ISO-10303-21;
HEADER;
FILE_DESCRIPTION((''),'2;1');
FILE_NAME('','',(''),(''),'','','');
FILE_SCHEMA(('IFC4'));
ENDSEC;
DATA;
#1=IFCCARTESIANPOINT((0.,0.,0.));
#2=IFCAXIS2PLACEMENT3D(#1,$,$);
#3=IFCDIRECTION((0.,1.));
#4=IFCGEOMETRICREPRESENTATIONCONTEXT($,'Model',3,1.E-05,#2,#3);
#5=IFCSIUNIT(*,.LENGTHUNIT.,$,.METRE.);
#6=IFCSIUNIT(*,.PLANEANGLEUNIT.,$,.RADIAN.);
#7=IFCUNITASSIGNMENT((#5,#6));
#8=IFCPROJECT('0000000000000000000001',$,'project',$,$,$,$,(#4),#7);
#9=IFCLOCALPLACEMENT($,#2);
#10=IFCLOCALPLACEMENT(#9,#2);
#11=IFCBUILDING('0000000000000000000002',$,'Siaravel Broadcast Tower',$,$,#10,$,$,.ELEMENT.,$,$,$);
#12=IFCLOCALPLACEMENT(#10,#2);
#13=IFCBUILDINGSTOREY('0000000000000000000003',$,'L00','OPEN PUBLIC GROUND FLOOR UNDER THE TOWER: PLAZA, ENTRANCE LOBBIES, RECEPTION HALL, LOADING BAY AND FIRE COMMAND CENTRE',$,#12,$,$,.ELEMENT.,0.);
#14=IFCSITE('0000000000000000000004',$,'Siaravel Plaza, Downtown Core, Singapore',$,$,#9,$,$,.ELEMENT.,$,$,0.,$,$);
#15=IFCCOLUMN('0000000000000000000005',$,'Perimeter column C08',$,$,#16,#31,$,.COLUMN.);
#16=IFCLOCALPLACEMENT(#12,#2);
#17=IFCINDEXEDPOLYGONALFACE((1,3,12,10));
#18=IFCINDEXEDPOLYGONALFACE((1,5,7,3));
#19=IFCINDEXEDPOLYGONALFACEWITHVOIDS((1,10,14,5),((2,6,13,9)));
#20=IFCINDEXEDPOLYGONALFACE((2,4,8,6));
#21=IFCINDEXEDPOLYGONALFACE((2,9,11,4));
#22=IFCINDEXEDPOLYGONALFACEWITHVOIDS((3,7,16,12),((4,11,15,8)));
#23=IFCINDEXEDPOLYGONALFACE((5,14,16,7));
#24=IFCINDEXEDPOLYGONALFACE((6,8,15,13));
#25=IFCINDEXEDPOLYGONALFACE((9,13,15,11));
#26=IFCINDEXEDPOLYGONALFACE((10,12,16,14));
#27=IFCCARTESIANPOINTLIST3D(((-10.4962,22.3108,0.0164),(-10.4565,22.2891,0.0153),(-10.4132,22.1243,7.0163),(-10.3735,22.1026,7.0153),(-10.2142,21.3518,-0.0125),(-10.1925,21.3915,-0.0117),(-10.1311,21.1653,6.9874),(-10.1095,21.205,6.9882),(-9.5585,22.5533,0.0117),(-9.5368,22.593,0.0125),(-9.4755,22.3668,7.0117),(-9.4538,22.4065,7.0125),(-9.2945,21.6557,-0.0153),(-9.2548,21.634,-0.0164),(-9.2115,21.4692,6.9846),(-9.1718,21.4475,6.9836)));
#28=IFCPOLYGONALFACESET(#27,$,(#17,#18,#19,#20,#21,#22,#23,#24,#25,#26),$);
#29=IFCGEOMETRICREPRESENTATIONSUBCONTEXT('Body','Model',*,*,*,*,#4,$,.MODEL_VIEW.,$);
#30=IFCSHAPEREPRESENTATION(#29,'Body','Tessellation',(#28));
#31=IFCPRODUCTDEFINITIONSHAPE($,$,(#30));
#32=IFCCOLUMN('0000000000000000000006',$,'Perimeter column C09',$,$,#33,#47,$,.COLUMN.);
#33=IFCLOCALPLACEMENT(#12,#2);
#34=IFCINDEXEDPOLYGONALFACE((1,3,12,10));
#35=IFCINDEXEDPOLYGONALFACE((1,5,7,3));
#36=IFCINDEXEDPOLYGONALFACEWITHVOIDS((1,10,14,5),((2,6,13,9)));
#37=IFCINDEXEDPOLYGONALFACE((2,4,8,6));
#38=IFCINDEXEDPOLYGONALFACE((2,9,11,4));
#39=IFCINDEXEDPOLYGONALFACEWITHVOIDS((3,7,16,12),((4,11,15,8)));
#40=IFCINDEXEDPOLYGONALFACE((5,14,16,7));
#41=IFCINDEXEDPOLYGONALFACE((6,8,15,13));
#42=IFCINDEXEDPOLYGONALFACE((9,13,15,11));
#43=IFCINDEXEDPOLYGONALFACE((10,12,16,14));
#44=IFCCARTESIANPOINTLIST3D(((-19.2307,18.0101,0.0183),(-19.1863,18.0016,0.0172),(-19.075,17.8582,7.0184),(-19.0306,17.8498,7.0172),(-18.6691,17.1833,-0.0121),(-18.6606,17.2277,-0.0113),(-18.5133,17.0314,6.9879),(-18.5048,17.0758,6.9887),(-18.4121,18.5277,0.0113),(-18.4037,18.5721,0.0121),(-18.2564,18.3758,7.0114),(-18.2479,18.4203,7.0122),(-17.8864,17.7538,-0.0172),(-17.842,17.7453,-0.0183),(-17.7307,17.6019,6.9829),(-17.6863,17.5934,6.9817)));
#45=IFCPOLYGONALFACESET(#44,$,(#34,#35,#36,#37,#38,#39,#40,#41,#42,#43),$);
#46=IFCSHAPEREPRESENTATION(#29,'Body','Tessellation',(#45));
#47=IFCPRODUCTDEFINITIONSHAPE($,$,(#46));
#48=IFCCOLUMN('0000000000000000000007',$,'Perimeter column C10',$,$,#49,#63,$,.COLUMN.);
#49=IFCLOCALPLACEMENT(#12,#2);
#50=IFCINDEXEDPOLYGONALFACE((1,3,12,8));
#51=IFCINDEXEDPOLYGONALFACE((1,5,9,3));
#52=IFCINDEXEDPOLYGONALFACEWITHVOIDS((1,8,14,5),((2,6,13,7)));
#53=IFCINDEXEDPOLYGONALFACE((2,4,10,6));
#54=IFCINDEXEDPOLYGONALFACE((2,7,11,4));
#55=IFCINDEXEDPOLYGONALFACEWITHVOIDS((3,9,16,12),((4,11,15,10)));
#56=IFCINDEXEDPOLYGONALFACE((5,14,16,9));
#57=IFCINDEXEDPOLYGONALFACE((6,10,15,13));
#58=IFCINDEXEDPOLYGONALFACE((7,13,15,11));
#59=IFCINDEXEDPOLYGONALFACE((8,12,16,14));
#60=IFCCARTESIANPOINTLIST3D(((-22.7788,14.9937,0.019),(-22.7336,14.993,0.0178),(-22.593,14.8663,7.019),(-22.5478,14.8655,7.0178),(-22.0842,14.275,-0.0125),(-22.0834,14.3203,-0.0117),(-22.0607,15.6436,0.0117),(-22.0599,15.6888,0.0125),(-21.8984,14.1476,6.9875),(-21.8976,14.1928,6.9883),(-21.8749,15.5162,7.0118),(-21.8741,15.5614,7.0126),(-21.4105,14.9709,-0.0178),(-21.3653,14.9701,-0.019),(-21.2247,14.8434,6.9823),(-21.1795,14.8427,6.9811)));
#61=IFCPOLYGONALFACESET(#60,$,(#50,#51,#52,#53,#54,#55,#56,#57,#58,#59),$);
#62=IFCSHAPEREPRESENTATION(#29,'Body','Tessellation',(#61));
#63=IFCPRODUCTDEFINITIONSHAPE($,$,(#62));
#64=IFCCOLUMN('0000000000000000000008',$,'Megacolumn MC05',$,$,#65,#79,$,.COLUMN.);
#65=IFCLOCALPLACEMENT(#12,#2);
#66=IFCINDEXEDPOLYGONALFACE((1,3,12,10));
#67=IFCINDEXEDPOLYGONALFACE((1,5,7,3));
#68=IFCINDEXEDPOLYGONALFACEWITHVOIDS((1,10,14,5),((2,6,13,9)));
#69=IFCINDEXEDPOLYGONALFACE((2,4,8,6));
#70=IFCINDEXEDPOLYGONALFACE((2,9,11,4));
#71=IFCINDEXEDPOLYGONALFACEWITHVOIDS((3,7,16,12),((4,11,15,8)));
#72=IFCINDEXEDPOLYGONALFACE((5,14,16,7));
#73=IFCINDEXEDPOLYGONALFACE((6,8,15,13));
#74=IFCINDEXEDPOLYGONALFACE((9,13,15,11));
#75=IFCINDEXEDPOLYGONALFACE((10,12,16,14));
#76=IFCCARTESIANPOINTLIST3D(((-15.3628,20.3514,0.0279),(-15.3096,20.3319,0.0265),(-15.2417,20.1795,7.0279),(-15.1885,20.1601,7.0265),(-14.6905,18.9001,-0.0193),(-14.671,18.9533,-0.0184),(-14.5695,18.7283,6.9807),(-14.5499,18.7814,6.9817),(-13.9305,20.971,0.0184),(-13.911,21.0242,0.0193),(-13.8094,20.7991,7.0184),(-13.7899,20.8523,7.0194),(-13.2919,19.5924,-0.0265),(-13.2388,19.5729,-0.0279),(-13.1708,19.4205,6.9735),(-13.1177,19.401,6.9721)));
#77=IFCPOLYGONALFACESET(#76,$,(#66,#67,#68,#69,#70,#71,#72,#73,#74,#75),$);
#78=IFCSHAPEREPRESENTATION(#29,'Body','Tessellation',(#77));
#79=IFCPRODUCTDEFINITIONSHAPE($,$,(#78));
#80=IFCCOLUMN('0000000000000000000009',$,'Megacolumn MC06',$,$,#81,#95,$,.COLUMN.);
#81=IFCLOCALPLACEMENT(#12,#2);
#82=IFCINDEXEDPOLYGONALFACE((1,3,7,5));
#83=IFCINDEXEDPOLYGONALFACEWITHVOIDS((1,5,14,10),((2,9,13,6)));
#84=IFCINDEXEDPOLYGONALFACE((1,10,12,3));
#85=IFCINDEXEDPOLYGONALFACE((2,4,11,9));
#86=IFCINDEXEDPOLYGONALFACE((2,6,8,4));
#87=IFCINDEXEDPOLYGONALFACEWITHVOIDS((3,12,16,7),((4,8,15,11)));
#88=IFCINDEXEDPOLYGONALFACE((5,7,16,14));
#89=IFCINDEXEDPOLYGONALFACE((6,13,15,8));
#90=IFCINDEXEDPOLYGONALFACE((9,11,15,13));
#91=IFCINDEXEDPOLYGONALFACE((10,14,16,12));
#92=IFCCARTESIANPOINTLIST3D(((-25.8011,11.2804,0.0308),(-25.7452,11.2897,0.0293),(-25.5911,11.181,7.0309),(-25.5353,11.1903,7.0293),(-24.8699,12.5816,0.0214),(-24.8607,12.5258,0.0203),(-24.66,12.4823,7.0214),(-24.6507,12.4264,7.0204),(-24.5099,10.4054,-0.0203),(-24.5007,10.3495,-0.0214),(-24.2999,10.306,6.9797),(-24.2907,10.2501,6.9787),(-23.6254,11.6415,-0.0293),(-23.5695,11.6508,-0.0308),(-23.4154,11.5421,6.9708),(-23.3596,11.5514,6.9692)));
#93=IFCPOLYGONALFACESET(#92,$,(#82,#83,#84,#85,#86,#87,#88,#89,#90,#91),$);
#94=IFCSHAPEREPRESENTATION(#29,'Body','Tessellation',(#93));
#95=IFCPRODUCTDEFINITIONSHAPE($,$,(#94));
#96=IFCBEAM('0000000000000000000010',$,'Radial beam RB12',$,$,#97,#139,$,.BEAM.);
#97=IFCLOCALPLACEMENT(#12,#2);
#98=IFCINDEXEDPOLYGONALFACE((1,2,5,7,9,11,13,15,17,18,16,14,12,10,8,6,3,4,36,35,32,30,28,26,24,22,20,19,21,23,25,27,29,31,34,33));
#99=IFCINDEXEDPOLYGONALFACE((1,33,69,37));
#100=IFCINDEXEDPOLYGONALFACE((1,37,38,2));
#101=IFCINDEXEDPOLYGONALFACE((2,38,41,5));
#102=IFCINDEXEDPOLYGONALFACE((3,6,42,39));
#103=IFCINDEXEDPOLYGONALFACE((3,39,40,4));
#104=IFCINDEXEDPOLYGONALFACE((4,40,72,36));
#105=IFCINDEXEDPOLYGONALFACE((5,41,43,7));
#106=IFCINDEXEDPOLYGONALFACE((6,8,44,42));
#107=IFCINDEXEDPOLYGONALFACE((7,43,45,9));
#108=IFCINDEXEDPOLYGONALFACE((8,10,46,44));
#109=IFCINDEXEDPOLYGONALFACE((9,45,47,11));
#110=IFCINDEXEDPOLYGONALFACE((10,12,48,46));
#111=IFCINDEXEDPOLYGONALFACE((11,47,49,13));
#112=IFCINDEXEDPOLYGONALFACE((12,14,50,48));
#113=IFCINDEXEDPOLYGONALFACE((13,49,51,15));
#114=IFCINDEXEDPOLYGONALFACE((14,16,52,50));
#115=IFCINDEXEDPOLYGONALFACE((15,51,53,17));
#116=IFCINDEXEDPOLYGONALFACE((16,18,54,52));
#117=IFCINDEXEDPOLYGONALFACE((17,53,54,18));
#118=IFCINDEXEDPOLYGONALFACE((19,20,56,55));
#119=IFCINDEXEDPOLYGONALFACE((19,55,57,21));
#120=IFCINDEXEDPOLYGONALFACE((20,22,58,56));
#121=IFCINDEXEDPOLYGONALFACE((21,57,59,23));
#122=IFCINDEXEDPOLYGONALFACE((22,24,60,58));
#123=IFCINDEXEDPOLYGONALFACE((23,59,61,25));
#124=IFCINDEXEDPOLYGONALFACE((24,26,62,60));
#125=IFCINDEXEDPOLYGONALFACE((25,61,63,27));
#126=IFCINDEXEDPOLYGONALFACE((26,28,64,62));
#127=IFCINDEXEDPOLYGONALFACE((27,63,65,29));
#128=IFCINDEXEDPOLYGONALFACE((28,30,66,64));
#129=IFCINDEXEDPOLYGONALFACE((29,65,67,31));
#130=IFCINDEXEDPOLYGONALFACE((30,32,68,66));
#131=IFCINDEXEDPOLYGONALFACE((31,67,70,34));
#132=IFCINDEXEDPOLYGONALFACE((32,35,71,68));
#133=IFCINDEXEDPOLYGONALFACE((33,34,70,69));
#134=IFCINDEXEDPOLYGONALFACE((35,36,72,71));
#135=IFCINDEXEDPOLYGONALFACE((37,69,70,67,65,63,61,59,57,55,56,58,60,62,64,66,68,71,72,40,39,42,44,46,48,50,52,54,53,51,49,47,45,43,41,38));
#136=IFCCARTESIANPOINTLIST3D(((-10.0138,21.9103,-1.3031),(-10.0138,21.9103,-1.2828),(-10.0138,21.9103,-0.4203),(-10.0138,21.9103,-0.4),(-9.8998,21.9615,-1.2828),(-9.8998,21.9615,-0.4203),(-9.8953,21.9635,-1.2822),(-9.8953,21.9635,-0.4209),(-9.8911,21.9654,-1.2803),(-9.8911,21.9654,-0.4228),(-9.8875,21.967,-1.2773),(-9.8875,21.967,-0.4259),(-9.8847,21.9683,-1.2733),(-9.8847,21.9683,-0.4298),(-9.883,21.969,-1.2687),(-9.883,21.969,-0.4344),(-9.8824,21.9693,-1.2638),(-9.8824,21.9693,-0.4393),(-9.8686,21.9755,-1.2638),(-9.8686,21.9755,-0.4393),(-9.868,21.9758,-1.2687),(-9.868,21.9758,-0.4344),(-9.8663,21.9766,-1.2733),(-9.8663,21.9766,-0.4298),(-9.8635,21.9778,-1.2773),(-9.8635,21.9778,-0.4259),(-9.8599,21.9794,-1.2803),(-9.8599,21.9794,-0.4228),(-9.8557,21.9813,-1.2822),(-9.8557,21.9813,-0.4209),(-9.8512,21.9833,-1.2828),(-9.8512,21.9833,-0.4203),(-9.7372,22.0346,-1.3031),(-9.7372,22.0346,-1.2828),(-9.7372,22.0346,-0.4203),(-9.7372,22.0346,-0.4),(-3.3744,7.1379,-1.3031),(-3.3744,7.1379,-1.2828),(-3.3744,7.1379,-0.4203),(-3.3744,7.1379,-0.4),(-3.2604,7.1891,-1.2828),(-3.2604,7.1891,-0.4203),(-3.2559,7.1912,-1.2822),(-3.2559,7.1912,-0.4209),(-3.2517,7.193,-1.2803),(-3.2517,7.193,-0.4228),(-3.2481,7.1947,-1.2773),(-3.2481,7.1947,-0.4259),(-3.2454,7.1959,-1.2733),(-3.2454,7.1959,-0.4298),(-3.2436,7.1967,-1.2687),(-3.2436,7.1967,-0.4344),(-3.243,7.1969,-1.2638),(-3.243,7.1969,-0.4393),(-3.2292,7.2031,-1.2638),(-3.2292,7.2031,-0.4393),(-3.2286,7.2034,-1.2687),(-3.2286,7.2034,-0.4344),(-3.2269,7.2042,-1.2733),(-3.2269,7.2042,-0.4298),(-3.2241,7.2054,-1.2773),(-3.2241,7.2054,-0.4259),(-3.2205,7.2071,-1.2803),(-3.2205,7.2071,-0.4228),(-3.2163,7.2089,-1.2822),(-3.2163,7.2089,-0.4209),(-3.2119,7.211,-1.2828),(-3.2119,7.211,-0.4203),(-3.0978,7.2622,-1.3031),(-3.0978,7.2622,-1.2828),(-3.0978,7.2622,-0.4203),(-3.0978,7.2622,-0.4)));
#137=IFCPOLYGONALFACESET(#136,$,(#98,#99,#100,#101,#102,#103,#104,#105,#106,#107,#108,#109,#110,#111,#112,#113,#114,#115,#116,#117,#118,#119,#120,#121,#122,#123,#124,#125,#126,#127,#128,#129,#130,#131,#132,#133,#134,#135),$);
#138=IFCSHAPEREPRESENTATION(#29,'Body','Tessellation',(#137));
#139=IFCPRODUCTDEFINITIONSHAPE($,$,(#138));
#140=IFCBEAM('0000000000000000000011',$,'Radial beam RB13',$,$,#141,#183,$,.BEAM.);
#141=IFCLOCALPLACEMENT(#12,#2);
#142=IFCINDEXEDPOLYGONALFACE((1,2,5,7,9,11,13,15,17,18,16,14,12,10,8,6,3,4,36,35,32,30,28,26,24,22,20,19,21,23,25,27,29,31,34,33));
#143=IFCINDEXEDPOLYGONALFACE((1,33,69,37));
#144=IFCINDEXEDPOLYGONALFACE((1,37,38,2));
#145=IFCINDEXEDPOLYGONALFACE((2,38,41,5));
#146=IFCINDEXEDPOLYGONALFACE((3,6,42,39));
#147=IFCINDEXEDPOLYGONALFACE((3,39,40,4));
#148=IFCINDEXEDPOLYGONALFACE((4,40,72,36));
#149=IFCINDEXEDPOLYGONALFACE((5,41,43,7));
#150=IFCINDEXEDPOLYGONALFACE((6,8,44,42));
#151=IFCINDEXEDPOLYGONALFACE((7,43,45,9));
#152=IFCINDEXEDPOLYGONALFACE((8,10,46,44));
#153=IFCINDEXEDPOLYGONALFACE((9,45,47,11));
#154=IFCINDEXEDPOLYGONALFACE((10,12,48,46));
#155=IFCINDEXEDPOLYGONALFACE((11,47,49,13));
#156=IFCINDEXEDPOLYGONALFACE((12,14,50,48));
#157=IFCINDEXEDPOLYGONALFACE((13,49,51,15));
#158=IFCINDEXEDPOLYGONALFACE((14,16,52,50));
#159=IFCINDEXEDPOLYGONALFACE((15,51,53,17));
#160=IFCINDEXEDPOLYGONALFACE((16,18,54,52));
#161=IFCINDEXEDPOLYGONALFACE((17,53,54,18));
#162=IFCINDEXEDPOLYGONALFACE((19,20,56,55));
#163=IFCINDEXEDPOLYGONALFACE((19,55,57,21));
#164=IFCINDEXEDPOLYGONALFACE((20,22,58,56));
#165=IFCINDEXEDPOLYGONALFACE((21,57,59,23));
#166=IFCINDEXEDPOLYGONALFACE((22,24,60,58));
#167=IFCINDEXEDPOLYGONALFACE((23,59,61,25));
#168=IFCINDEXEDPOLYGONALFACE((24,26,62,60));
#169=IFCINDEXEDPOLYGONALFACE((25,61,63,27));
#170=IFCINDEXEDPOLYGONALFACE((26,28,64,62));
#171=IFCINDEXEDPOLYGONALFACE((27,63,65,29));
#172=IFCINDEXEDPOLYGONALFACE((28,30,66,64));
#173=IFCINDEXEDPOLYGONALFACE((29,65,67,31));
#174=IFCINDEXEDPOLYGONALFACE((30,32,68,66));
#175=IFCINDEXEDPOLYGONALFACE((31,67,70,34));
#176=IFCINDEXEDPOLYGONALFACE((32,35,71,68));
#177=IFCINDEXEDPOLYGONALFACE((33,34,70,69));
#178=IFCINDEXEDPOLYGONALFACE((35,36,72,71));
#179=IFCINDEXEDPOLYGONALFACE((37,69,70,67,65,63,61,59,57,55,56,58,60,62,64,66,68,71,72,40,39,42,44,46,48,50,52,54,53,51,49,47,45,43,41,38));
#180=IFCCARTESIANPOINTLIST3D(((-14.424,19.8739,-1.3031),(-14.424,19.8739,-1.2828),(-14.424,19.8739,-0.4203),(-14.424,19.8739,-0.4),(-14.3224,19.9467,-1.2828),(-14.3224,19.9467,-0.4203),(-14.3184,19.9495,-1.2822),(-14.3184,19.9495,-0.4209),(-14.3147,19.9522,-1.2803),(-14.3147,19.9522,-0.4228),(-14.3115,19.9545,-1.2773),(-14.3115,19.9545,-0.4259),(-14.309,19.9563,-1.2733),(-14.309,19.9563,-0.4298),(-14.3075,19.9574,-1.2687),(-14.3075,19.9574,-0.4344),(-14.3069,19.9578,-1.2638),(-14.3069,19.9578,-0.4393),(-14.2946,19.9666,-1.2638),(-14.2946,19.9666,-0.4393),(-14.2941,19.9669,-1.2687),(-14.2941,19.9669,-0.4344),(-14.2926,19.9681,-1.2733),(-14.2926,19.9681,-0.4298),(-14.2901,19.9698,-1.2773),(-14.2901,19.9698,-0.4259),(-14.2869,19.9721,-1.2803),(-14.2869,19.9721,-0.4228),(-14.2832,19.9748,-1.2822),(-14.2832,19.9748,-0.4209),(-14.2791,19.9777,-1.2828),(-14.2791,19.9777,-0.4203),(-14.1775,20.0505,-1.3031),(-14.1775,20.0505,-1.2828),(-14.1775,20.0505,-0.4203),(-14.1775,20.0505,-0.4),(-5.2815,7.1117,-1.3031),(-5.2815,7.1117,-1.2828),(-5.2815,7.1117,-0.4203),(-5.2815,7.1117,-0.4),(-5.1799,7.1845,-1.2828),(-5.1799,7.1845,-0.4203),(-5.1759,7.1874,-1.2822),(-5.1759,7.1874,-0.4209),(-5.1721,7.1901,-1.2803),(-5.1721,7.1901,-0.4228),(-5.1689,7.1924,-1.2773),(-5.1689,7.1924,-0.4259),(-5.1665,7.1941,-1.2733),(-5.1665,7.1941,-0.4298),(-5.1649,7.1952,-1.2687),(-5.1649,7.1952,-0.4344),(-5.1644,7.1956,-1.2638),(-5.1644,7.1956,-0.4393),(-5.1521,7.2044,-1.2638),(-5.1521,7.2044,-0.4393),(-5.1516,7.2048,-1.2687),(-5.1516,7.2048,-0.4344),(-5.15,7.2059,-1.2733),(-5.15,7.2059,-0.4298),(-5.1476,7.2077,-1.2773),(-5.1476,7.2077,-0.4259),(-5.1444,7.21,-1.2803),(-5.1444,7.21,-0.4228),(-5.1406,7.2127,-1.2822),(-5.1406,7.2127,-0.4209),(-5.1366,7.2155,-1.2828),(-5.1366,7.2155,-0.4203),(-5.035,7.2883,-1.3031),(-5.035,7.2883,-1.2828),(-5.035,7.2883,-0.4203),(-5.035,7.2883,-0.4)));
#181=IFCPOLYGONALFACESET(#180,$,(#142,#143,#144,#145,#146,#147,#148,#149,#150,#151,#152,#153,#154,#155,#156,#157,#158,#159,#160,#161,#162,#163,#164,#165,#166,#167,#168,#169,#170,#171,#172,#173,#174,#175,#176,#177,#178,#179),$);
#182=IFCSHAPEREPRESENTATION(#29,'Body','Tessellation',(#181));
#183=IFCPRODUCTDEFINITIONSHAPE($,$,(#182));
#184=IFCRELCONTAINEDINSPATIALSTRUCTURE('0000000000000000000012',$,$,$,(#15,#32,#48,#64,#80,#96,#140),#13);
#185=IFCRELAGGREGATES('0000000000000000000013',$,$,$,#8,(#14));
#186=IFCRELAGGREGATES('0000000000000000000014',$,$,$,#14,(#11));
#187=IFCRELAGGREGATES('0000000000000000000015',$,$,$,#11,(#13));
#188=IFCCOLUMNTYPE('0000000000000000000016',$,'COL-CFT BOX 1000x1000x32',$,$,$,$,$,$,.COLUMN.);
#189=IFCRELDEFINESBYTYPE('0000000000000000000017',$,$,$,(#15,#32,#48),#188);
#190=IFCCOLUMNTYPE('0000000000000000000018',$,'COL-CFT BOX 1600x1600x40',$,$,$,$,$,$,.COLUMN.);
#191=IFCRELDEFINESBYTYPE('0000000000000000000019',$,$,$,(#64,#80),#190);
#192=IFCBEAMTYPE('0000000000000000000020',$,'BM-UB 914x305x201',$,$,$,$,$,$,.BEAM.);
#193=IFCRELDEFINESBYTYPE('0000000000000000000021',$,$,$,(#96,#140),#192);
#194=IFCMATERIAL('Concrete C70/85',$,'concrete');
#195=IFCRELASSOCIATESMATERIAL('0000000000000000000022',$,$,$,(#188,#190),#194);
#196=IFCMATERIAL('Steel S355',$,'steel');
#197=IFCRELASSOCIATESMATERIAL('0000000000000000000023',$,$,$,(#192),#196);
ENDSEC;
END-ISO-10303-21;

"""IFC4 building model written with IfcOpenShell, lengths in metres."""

from ifc_helpers import new_model, si_unit, direction, frame, origin, origin_2d, place, context, subcontext, project, spatial, hollow_rectangle, i_section, extrude, material, material_profile, profile_set, type_object, element, save


model = new_model("IFC4")

# Units and contexts
model_context = context("Model", 3, precision=1e-05, world=origin(), true_north=direction((0.0, 1.0)))
body_context = subcontext(model_context, "Body", "Model", "MODEL_VIEW")
ifc_project = project(units=[si_unit("LENGTHUNIT", "METRE"), si_unit("PLANEANGLEUNIT", "RADIAN")], contexts=[model_context])

# Site, building, storey
site_placement = place(None, origin())
site = spatial("IfcSite", under=ifc_project, at=site_placement, Name="Siaravel Plaza, Downtown Core, Singapore", CompositionType="ELEMENT", RefElevation=0.0)
building_placement = place(site_placement, origin())
building = spatial("IfcBuilding", under=site, at=building_placement, Name="Siaravel Broadcast Tower", CompositionType="ELEMENT")
storey_placement = place(building_placement, origin())
storey = spatial("IfcBuildingStorey", under=building, at=storey_placement, Name="L00", Description="OPEN PUBLIC GROUND FLOOR UNDER THE TOWER: PLAZA, ENTRANCE LOBBIES, RECEPTION HALL, LOADING BAY AND FIRE COMMAND CENTRE", CompositionType="ELEMENT", Elevation=0.0)

# Columns
ifc_material_1 = material(Name="Concrete C70/85", Category="concrete")
ifc_material_profile_1 = material_profile(ifc_material_1, hollow_rectangle(XDim=1.0, YDim=1.0, WallThickness=0.032, at=origin_2d()))
ifc_profile_set_1 = profile_set([ifc_material_profile_1], Name="Concrete C70/85")
column_type_1 = type_object("IfcColumnType", Name="COL-CFT BOX 1000x1000x32", PredefinedType="COLUMN", material=ifc_profile_set_1)
column_1_placement = place(storey_placement, frame((-9.8755, 21.9724, 0.0), z_axis=(0.011853, -0.026635, 0.999575), x_axis=(0.959339, 0.282231, -0.003856)))
element("IfcColumn", 1, at=column_1_placement, inside=storey, type_object=column_type_1, Name="Perimeter column C08", PredefinedType="COLUMN", context=body_context, shape_type="SweptSolid", body=[
    extrude(hollow_rectangle(XDim=1.0, YDim=1.0, WallThickness=0.032, at=origin_2d()), origin(), (0.0, 0.0, 1.0), 7.0029),
])
column_2_placement = place(storey_placement, frame((-18.5364, 17.8777, 0.0), z_axis=(0.022241, -0.021683, 0.999517), x_axis=(0.827085, 0.562043, -0.006211)))
element("IfcColumn", 2, at=column_2_placement, inside=storey, type_object=column_type_1, Name="Perimeter column C09", PredefinedType="COLUMN", context=body_context, shape_type="SweptSolid", body=[
    extrude(hollow_rectangle(XDim=1.0, YDim=1.0, WallThickness=0.032, at=origin_2d()), origin(), (0.0, 0.0, 1.0), 7.0034),
])
column_3_placement = place(storey_placement, frame((-22.072, 14.9819, 0.0), z_axis=(0.026528, -0.018196, 0.999482), x_axis=(0.7189, 0.695084, -0.006426)))
element("IfcColumn", 3, at=column_3_placement, inside=storey, type_object=column_type_1, Name="Perimeter column C10", PredefinedType="COLUMN", context=body_context, shape_type="SweptSolid", body=[
    extrude(hollow_rectangle(XDim=1.0, YDim=1.0, WallThickness=0.032, at=origin_2d()), origin(), (0.0, 0.0, 1.0), 7.0037),
])
ifc_material_profile_2 = material_profile(ifc_material_1, hollow_rectangle(XDim=1.6001, YDim=1.6001, WallThickness=0.04, at=origin_2d()))
ifc_profile_set_2 = profile_set([ifc_material_profile_2], Name="Concrete C70/85")
column_type_2 = type_object("IfcColumnType", Name="COL-CFT BOX 1600x1600x40", PredefinedType="COLUMN", material=ifc_profile_set_2)
column_4_placement = place(storey_placement, frame((-14.3008, 19.9622, 0.0), z_axis=(0.017291, -0.024543, 0.999549), x_axis=(0.907303, 0.420444, -0.005372)))
element("IfcColumn", 4, at=column_4_placement, inside=storey, type_object=column_type_2, Name="Megacolumn MC05", PredefinedType="COLUMN", context=body_context, shape_type="SweptSolid", body=[
    extrude(hollow_rectangle(XDim=1.6001, YDim=1.6001, WallThickness=0.04, at=origin_2d()), origin(), (0.0, 0.0, 1.0), 7.0032),
])
column_5_placement = place(storey_placement, frame((-24.6853, 11.4656, 0.0), z_axis=(0.029978, -0.014187, 0.99945), x_axis=(0.581908, 0.813233, -0.00591)))
element("IfcColumn", 5, at=column_5_placement, inside=storey, type_object=column_type_2, Name="Megacolumn MC06", PredefinedType="COLUMN", context=body_context, shape_type="SweptSolid", body=[
    extrude(hollow_rectangle(XDim=1.6001, YDim=1.6001, WallThickness=0.04, at=origin_2d()), origin(), (0.0, 0.0, 1.0), 7.0039),
])

# Beams
ifc_material_2 = material(Name="Steel S355", Category="steel")
ifc_material_profile_3 = material_profile(ifc_material_2, i_section(OverallWidth=0.3032, OverallDepth=0.9031, WebThickness=0.0151, FlangeThickness=0.0203, FilletRadius=0.019, at=origin_2d()))
ifc_profile_set_3 = profile_set([ifc_material_profile_3], Name="Steel S355")
beam_type = type_object("IfcBeamType", Name="BM-UB 914x305x201", PredefinedType="BEAM", material=ifc_profile_set_3)
beam_1_placement = place(storey_placement, frame((-9.8755, 21.9724, -0.8516), z_axis=(0.409943, -0.912111, 0.0), x_axis=(0.912111, 0.409943, 0.0)))
element("IfcBeam", 6, at=beam_1_placement, inside=storey, type_object=beam_type, Name="Radial beam RB12", PredefinedType="BEAM", context=body_context, shape_type="SweptSolid", body=[
    extrude(i_section(OverallWidth=0.3032, OverallDepth=0.9031, WebThickness=0.0151, FlangeThickness=0.0203, FilletRadius=0.019, at=origin_2d()), origin(), (0.0, 0.0, 1.0), 16.1958),
])
beam_2_placement = place(storey_placement, frame((-14.3008, 19.9622, -0.8516), z_axis=(0.582364, -0.812928, 0.0), x_axis=(0.812928, 0.582364, 0.0)))
element("IfcBeam", 7, at=beam_2_placement, inside=storey, type_object=beam_type, Name="Radial beam RB13", PredefinedType="BEAM", context=body_context, shape_type="SweptSolid", body=[
    extrude(i_section(OverallWidth=0.3032, OverallDepth=0.9031, WebThickness=0.0151, FlangeThickness=0.0203, FilletRadius=0.019, at=origin_2d()), origin(), (0.0, 0.0, 1.0), 15.699),
])

save(model, "model.ifc")
